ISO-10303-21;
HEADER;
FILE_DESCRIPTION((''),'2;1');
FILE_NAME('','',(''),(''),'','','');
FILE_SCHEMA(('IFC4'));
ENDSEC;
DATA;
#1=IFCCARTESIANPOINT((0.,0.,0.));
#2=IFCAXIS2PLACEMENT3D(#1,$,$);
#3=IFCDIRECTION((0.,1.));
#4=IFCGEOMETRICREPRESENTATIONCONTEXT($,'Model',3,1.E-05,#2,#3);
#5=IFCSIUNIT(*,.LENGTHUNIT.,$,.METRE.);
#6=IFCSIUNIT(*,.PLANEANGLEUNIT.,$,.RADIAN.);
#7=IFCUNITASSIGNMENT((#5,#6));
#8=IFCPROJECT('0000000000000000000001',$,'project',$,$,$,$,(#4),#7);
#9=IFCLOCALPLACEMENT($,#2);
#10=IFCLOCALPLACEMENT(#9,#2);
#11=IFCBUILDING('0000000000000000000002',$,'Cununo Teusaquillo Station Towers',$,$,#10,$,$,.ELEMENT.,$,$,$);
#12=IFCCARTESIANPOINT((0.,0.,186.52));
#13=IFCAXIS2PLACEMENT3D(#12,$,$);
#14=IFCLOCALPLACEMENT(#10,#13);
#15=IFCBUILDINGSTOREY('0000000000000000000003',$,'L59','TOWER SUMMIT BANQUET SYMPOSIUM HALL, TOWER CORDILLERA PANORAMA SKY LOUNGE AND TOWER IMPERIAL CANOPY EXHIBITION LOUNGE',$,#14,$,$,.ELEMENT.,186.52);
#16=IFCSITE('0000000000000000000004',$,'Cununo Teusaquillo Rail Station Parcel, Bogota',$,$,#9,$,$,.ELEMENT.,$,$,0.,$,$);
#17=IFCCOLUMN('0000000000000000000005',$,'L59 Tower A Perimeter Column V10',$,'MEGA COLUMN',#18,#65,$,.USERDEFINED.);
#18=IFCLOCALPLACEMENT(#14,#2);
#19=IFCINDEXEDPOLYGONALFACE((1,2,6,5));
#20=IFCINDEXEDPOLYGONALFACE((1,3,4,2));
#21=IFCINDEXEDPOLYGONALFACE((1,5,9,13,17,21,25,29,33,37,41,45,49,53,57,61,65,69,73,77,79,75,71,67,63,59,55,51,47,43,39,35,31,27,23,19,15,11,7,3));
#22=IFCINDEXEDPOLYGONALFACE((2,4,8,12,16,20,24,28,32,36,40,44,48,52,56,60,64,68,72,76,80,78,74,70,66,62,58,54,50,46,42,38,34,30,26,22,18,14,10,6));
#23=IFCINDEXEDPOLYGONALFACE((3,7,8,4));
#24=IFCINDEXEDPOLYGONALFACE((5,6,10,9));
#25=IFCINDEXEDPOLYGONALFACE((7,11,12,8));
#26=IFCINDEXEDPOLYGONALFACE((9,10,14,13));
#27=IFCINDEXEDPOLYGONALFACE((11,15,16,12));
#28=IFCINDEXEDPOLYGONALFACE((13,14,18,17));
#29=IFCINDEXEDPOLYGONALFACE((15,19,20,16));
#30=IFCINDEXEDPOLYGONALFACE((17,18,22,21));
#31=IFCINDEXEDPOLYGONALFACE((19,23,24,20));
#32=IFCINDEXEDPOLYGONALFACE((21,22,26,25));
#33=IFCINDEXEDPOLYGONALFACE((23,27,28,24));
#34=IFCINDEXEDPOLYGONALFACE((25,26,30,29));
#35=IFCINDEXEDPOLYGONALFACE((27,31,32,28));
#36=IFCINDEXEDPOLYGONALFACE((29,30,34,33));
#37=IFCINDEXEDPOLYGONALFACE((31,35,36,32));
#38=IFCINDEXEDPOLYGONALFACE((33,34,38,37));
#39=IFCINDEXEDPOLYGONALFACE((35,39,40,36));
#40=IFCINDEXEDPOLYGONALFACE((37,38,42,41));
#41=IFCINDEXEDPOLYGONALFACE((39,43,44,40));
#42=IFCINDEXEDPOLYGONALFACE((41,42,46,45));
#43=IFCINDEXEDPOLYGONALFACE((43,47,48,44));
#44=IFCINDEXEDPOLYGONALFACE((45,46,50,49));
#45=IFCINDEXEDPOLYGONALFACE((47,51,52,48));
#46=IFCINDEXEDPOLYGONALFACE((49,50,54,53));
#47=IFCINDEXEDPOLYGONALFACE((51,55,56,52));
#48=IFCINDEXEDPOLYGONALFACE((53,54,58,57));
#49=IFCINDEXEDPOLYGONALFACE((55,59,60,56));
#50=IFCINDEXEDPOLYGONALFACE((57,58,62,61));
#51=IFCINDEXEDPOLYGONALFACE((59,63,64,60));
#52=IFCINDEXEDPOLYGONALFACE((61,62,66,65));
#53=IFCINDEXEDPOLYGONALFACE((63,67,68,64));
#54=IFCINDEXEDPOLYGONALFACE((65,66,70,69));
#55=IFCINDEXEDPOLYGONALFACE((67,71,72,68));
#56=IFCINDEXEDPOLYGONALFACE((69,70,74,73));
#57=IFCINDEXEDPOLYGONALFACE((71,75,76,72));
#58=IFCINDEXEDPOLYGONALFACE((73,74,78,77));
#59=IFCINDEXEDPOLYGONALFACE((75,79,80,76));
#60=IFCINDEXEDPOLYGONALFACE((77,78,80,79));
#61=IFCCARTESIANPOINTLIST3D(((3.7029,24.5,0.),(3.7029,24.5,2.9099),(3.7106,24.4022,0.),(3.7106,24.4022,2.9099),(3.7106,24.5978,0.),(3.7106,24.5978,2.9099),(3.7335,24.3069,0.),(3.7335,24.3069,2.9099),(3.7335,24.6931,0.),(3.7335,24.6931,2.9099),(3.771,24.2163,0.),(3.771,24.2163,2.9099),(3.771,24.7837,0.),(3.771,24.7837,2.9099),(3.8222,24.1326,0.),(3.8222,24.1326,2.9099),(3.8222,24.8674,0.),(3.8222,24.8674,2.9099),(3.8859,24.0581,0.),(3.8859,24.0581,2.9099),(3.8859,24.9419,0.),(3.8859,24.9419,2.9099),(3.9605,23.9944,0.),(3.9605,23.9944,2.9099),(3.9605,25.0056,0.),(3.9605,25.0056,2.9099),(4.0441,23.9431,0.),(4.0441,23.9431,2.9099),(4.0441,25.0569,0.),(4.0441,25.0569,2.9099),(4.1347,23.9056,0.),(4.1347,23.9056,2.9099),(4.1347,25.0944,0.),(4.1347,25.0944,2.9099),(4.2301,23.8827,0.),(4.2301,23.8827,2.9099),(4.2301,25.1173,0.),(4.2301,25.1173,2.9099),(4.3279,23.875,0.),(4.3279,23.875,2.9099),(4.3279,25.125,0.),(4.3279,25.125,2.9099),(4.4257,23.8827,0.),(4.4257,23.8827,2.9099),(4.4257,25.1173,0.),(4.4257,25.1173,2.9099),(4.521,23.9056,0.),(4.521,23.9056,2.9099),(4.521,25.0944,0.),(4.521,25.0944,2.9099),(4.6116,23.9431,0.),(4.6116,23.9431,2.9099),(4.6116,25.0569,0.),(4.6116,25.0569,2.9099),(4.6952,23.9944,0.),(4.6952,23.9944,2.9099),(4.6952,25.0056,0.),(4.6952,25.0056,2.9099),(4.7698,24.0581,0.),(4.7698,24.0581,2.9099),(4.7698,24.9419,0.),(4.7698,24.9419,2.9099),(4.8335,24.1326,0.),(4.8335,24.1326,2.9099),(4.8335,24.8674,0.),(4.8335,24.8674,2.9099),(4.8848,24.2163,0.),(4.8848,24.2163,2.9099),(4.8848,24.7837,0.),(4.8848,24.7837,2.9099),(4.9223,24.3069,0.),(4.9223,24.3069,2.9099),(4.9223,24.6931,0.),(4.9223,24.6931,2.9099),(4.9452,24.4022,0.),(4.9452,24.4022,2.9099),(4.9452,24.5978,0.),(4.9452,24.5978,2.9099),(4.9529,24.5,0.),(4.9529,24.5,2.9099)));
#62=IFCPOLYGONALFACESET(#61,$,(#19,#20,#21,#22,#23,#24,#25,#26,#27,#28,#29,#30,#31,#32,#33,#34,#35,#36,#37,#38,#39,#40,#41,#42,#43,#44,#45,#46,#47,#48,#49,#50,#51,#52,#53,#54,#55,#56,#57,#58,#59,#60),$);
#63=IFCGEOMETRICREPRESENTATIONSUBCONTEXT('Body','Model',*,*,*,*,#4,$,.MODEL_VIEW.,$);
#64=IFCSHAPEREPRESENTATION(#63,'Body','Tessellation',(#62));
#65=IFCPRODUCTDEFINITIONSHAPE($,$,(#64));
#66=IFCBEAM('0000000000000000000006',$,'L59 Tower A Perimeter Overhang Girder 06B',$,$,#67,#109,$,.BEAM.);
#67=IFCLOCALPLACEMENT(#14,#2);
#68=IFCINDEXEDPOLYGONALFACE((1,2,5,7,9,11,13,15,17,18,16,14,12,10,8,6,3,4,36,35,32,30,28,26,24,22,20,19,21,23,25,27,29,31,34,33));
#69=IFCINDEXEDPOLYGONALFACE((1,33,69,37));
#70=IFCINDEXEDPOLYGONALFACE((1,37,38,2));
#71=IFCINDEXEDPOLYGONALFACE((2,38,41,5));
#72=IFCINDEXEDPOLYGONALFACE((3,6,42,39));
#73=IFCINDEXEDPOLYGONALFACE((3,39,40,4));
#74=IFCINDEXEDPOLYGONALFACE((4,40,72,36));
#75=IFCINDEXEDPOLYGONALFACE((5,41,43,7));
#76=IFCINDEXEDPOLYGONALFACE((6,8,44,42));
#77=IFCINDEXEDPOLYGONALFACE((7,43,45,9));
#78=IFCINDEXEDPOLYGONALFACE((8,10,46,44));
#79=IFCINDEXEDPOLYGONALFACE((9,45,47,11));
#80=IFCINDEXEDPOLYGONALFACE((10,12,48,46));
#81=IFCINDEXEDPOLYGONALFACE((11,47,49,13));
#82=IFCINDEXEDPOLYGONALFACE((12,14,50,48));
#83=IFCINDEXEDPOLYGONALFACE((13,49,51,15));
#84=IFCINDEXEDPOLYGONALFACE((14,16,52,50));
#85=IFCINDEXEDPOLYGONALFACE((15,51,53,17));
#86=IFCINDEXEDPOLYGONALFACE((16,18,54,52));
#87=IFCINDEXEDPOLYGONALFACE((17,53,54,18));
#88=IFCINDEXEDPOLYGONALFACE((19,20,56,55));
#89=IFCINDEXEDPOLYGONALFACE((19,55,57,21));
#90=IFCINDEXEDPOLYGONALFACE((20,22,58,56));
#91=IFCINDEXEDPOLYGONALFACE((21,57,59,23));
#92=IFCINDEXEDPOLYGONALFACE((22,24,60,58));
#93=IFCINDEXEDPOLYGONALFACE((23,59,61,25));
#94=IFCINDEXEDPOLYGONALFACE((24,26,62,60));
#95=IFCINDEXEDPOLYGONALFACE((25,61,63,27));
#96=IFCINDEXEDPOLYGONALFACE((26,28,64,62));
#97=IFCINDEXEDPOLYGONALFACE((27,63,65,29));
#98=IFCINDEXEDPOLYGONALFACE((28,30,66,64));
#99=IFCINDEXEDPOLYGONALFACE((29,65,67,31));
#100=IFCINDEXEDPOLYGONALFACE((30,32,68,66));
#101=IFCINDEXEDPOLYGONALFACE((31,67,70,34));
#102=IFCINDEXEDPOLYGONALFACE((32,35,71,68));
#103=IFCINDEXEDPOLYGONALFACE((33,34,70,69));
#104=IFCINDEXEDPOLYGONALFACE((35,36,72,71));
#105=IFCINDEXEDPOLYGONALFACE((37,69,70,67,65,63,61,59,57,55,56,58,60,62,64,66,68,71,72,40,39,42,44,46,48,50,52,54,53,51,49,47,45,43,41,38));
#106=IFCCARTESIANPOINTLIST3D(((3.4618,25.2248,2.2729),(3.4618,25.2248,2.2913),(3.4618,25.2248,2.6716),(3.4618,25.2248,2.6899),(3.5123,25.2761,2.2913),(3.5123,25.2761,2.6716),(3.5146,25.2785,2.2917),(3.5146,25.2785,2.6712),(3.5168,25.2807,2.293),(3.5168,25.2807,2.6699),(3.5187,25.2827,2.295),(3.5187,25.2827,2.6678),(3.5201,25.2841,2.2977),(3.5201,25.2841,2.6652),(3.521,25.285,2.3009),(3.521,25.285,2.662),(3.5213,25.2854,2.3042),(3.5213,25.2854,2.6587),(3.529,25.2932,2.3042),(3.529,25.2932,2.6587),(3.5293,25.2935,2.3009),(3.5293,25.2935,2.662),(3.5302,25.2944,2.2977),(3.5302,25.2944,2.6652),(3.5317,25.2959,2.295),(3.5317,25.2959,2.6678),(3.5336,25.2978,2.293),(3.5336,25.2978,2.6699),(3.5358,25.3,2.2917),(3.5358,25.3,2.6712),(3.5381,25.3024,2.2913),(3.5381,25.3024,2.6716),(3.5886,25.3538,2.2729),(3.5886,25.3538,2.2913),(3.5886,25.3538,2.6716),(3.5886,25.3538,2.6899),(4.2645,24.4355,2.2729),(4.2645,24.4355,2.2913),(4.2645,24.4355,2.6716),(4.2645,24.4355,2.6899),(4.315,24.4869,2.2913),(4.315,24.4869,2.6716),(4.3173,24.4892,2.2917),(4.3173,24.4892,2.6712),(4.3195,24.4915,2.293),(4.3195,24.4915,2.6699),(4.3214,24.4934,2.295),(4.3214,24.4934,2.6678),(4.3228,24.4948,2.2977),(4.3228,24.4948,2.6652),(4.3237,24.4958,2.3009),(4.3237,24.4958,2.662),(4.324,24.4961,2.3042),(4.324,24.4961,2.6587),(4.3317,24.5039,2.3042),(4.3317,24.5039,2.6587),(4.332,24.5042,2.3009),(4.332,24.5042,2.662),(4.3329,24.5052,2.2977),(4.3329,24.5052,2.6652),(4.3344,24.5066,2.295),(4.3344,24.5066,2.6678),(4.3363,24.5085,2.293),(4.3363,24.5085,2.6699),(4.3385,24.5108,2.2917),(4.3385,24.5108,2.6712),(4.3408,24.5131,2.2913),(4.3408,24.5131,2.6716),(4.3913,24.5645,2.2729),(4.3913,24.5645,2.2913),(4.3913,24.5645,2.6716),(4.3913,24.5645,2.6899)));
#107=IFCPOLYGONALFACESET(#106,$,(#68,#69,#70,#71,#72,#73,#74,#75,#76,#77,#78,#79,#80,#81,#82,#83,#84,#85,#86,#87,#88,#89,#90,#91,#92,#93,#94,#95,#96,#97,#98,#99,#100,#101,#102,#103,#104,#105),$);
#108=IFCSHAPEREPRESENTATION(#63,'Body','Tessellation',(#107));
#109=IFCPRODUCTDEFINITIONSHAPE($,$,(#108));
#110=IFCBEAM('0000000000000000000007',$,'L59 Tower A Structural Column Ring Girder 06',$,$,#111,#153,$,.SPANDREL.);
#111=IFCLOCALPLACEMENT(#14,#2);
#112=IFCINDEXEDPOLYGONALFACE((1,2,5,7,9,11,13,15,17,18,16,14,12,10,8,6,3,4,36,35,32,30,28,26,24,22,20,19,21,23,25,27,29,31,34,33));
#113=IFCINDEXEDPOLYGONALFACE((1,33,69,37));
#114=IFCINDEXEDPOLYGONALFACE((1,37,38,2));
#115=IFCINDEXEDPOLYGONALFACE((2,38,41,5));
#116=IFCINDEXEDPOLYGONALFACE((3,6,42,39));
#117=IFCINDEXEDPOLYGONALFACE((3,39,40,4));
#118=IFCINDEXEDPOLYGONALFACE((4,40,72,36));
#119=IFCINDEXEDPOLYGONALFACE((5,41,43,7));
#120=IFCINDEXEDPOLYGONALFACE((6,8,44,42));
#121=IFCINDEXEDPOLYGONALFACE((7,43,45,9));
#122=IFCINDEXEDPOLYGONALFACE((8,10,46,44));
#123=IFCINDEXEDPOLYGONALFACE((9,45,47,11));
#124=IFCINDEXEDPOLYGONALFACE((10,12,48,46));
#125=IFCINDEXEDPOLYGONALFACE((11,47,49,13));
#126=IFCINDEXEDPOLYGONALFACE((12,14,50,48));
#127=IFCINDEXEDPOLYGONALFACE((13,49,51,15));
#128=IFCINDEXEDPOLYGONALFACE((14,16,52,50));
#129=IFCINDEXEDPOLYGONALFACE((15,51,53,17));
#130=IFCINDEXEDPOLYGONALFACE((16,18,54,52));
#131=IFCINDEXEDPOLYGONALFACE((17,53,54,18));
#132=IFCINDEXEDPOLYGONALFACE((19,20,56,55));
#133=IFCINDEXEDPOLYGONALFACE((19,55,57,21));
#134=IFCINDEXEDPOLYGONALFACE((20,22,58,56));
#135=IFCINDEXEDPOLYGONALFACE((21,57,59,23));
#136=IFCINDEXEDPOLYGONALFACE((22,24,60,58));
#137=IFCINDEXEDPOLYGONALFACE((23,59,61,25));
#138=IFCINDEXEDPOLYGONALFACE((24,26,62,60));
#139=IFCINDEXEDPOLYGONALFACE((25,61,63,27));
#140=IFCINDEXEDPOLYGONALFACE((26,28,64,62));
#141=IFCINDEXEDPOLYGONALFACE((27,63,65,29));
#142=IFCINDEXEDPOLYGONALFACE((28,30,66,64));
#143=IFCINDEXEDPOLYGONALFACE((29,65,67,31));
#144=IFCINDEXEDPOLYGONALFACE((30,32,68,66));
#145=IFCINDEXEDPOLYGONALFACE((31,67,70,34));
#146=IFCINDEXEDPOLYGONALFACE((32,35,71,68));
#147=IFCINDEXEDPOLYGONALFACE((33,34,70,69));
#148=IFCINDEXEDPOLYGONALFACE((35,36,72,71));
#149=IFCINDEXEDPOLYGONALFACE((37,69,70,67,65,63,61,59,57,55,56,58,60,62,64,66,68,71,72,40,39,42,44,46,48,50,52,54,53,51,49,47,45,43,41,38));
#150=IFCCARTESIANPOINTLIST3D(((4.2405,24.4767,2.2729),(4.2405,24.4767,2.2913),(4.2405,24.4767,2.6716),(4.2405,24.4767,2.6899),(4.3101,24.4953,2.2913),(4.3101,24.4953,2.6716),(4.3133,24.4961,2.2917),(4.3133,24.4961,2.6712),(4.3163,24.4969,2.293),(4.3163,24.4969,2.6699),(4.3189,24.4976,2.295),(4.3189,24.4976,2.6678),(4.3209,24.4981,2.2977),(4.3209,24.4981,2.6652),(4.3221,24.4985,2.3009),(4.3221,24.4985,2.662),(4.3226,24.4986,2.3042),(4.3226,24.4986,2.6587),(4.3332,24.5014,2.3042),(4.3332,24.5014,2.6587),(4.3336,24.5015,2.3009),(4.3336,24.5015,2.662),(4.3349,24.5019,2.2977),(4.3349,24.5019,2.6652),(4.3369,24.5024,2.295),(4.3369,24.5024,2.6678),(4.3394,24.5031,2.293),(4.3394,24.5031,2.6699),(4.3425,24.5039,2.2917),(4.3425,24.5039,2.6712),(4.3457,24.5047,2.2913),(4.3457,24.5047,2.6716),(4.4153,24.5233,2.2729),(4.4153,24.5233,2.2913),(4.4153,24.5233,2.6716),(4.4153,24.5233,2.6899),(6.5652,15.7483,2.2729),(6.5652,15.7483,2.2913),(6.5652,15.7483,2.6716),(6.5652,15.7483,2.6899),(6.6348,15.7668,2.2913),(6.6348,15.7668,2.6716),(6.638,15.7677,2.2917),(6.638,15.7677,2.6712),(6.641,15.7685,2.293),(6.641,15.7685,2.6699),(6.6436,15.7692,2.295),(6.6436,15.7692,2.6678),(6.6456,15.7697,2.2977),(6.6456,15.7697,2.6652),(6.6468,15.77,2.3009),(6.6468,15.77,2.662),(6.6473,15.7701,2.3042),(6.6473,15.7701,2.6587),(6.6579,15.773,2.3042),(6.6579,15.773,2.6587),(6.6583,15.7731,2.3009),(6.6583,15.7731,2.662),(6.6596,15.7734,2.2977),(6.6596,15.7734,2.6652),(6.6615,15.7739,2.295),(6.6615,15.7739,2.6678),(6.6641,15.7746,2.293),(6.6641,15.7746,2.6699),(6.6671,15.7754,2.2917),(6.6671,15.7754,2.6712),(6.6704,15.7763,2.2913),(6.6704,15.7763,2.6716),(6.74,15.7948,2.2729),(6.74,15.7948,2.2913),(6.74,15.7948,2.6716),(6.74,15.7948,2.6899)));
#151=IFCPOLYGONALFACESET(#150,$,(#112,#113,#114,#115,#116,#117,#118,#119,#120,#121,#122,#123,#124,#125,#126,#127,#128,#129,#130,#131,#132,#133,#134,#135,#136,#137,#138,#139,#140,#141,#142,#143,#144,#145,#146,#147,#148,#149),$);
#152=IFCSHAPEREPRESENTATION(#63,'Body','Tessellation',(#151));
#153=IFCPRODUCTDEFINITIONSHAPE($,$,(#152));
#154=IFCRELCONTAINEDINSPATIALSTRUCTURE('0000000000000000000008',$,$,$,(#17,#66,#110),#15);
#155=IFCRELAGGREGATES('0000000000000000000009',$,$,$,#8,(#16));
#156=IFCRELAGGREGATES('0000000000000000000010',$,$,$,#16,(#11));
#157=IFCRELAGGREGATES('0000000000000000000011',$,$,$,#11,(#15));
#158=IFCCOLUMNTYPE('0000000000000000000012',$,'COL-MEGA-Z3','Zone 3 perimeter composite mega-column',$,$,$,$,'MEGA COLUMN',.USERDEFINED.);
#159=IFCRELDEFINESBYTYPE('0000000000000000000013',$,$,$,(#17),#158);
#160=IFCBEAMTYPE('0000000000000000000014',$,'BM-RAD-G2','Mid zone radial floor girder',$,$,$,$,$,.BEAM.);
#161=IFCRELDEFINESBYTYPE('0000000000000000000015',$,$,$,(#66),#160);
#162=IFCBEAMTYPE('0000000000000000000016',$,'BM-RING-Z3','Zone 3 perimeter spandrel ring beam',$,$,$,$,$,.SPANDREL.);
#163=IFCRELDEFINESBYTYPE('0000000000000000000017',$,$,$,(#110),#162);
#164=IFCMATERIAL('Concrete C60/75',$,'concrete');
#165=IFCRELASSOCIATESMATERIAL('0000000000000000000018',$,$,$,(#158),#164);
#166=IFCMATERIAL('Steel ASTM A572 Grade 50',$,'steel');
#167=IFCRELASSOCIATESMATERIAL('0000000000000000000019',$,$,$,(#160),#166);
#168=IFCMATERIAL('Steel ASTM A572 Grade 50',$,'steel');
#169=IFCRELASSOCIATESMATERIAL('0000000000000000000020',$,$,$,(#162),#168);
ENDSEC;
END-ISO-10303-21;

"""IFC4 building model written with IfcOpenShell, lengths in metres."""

from ifc_helpers import new_model, si_unit, direction, frame, origin, origin_2d, place, context, subcontext, project, spatial, circle, i_section, extrude, material, material_profile, profile_set, type_object, element, save


model = new_model("IFC4")

# Units and contexts
model_context = context("Model", 3, precision=1e-05, world=origin(), true_north=direction((0.0, 1.0)))
body_context = subcontext(model_context, "Body", "Model", "MODEL_VIEW")
ifc_project = project(units=[si_unit("LENGTHUNIT", "METRE"), si_unit("PLANEANGLEUNIT", "RADIAN")], contexts=[model_context])

# Site, building, storey
site_placement = place(None, origin())
site = spatial("IfcSite", under=ifc_project, at=site_placement, Name="Cununo Teusaquillo Rail Station Parcel, Bogota", CompositionType="ELEMENT", RefElevation=0.0)
building_placement = place(site_placement, origin())
building = spatial("IfcBuilding", under=site, at=building_placement, Name="Cununo Teusaquillo Station Towers", CompositionType="ELEMENT")
storey_placement = place(building_placement, frame((0.0, 0.0, 186.52)))
storey = spatial("IfcBuildingStorey", under=building, at=storey_placement, Name="L59", Description="TOWER SUMMIT BANQUET SYMPOSIUM HALL, TOWER CORDILLERA PANORAMA SKY LOUNGE AND TOWER IMPERIAL CANOPY EXHIBITION LOUNGE", CompositionType="ELEMENT", Elevation=186.52)

# Column
ifc_material_1 = material(Name="Concrete C60/75", Category="concrete")
ifc_material_profile_1 = material_profile(ifc_material_1, circle(Radius=0.625, at=origin_2d()), Name="RC-CIRC-1250")
ifc_profile_set_1 = profile_set([ifc_material_profile_1], Name="Concrete C60/75")
column_type = type_object("IfcColumnType", Name="COL-MEGA-Z3", Description="Zone 3 perimeter composite mega-column", ElementType="MEGA COLUMN", PredefinedType="USERDEFINED", material=ifc_profile_set_1)
column_placement = place(storey_placement, frame((4.3279, 24.5, 0.0), z_axis=(0.0, 0.0, 1.0), x_axis=(1.0, 0.0, 0.0)))
element("IfcColumn", 1, at=column_placement, inside=storey, type_object=column_type, Name="L59 Tower A Perimeter Column V10", ObjectType="MEGA COLUMN", PredefinedType="USERDEFINED", context=body_context, shape_type="SweptSolid", body=[
    extrude(circle(Radius=0.625, at=origin_2d()), origin(), (0.0, 0.0, 1.0), 2.9099),
])

# Beams
ifc_material_2 = material(Name="Steel ASTM A572 Grade 50", Category="steel")
ifc_material_profile_2 = material_profile(ifc_material_2, i_section(OverallWidth=0.1809, OverallDepth=0.417, WebThickness=0.011, FlangeThickness=0.0183, FilletRadius=0.0129, at=origin_2d()), Name="W16X57")
ifc_profile_set_2 = profile_set([ifc_material_profile_2], Name="Steel ASTM A572 Grade 50")
beam_type_1 = type_object("IfcBeamType", Name="BM-RAD-G2", Description="Mid zone radial floor girder", PredefinedType="BEAM", material=ifc_profile_set_2)
beam_1_placement = place(storey_placement, frame((4.3279, 24.5, 2.4814), z_axis=(-0.713045, 0.701118, 0.0), x_axis=(-0.701118, -0.713045, 0.0)))
element("IfcBeam", 2, at=beam_1_placement, inside=storey, type_object=beam_type_1, Name="L59 Tower A Perimeter Overhang Girder 06B", PredefinedType="BEAM", context=body_context, shape_type="SweptSolid", body=[
    extrude(i_section(OverallWidth=0.1809, OverallDepth=0.417, WebThickness=0.011, FlangeThickness=0.0183, FilletRadius=0.0129, at=origin_2d()), origin(), (0.0, 0.0, 1.0), 1.1257),
])
ifc_material_3 = material(Name="Steel ASTM A572 Grade 50", Category="steel")
ifc_material_profile_3 = material_profile(ifc_material_3, i_section(OverallWidth=0.1809, OverallDepth=0.417, WebThickness=0.011, FlangeThickness=0.0183, FilletRadius=0.0129, at=origin_2d()), Name="W16X57")
ifc_profile_set_3 = profile_set([ifc_material_profile_3], Name="Steel ASTM A572 Grade 50")
beam_type_2 = type_object("IfcBeamType", Name="BM-RING-Z3", Description="Zone 3 perimeter spandrel ring beam", PredefinedType="SPANDREL", material=ifc_profile_set_3)
beam_2_placement = place(storey_placement, frame((4.3279, 24.5, 2.4814), z_axis=(0.257363, -0.966315, 0.0), x_axis=(0.966315, 0.257363, 0.0)))
element("IfcBeam", 3, at=beam_2_placement, inside=storey, type_object=beam_type_2, Name="L59 Tower A Structural Column Ring Girder 06", PredefinedType="SPANDREL", context=body_context, shape_type="SweptSolid", body=[
    extrude(i_section(OverallWidth=0.1809, OverallDepth=0.417, WebThickness=0.011, FlangeThickness=0.0183, FilletRadius=0.0129, at=origin_2d()), origin(), (0.0, 0.0, 1.0), 9.0327),
])

save(model, "model.ifc")
